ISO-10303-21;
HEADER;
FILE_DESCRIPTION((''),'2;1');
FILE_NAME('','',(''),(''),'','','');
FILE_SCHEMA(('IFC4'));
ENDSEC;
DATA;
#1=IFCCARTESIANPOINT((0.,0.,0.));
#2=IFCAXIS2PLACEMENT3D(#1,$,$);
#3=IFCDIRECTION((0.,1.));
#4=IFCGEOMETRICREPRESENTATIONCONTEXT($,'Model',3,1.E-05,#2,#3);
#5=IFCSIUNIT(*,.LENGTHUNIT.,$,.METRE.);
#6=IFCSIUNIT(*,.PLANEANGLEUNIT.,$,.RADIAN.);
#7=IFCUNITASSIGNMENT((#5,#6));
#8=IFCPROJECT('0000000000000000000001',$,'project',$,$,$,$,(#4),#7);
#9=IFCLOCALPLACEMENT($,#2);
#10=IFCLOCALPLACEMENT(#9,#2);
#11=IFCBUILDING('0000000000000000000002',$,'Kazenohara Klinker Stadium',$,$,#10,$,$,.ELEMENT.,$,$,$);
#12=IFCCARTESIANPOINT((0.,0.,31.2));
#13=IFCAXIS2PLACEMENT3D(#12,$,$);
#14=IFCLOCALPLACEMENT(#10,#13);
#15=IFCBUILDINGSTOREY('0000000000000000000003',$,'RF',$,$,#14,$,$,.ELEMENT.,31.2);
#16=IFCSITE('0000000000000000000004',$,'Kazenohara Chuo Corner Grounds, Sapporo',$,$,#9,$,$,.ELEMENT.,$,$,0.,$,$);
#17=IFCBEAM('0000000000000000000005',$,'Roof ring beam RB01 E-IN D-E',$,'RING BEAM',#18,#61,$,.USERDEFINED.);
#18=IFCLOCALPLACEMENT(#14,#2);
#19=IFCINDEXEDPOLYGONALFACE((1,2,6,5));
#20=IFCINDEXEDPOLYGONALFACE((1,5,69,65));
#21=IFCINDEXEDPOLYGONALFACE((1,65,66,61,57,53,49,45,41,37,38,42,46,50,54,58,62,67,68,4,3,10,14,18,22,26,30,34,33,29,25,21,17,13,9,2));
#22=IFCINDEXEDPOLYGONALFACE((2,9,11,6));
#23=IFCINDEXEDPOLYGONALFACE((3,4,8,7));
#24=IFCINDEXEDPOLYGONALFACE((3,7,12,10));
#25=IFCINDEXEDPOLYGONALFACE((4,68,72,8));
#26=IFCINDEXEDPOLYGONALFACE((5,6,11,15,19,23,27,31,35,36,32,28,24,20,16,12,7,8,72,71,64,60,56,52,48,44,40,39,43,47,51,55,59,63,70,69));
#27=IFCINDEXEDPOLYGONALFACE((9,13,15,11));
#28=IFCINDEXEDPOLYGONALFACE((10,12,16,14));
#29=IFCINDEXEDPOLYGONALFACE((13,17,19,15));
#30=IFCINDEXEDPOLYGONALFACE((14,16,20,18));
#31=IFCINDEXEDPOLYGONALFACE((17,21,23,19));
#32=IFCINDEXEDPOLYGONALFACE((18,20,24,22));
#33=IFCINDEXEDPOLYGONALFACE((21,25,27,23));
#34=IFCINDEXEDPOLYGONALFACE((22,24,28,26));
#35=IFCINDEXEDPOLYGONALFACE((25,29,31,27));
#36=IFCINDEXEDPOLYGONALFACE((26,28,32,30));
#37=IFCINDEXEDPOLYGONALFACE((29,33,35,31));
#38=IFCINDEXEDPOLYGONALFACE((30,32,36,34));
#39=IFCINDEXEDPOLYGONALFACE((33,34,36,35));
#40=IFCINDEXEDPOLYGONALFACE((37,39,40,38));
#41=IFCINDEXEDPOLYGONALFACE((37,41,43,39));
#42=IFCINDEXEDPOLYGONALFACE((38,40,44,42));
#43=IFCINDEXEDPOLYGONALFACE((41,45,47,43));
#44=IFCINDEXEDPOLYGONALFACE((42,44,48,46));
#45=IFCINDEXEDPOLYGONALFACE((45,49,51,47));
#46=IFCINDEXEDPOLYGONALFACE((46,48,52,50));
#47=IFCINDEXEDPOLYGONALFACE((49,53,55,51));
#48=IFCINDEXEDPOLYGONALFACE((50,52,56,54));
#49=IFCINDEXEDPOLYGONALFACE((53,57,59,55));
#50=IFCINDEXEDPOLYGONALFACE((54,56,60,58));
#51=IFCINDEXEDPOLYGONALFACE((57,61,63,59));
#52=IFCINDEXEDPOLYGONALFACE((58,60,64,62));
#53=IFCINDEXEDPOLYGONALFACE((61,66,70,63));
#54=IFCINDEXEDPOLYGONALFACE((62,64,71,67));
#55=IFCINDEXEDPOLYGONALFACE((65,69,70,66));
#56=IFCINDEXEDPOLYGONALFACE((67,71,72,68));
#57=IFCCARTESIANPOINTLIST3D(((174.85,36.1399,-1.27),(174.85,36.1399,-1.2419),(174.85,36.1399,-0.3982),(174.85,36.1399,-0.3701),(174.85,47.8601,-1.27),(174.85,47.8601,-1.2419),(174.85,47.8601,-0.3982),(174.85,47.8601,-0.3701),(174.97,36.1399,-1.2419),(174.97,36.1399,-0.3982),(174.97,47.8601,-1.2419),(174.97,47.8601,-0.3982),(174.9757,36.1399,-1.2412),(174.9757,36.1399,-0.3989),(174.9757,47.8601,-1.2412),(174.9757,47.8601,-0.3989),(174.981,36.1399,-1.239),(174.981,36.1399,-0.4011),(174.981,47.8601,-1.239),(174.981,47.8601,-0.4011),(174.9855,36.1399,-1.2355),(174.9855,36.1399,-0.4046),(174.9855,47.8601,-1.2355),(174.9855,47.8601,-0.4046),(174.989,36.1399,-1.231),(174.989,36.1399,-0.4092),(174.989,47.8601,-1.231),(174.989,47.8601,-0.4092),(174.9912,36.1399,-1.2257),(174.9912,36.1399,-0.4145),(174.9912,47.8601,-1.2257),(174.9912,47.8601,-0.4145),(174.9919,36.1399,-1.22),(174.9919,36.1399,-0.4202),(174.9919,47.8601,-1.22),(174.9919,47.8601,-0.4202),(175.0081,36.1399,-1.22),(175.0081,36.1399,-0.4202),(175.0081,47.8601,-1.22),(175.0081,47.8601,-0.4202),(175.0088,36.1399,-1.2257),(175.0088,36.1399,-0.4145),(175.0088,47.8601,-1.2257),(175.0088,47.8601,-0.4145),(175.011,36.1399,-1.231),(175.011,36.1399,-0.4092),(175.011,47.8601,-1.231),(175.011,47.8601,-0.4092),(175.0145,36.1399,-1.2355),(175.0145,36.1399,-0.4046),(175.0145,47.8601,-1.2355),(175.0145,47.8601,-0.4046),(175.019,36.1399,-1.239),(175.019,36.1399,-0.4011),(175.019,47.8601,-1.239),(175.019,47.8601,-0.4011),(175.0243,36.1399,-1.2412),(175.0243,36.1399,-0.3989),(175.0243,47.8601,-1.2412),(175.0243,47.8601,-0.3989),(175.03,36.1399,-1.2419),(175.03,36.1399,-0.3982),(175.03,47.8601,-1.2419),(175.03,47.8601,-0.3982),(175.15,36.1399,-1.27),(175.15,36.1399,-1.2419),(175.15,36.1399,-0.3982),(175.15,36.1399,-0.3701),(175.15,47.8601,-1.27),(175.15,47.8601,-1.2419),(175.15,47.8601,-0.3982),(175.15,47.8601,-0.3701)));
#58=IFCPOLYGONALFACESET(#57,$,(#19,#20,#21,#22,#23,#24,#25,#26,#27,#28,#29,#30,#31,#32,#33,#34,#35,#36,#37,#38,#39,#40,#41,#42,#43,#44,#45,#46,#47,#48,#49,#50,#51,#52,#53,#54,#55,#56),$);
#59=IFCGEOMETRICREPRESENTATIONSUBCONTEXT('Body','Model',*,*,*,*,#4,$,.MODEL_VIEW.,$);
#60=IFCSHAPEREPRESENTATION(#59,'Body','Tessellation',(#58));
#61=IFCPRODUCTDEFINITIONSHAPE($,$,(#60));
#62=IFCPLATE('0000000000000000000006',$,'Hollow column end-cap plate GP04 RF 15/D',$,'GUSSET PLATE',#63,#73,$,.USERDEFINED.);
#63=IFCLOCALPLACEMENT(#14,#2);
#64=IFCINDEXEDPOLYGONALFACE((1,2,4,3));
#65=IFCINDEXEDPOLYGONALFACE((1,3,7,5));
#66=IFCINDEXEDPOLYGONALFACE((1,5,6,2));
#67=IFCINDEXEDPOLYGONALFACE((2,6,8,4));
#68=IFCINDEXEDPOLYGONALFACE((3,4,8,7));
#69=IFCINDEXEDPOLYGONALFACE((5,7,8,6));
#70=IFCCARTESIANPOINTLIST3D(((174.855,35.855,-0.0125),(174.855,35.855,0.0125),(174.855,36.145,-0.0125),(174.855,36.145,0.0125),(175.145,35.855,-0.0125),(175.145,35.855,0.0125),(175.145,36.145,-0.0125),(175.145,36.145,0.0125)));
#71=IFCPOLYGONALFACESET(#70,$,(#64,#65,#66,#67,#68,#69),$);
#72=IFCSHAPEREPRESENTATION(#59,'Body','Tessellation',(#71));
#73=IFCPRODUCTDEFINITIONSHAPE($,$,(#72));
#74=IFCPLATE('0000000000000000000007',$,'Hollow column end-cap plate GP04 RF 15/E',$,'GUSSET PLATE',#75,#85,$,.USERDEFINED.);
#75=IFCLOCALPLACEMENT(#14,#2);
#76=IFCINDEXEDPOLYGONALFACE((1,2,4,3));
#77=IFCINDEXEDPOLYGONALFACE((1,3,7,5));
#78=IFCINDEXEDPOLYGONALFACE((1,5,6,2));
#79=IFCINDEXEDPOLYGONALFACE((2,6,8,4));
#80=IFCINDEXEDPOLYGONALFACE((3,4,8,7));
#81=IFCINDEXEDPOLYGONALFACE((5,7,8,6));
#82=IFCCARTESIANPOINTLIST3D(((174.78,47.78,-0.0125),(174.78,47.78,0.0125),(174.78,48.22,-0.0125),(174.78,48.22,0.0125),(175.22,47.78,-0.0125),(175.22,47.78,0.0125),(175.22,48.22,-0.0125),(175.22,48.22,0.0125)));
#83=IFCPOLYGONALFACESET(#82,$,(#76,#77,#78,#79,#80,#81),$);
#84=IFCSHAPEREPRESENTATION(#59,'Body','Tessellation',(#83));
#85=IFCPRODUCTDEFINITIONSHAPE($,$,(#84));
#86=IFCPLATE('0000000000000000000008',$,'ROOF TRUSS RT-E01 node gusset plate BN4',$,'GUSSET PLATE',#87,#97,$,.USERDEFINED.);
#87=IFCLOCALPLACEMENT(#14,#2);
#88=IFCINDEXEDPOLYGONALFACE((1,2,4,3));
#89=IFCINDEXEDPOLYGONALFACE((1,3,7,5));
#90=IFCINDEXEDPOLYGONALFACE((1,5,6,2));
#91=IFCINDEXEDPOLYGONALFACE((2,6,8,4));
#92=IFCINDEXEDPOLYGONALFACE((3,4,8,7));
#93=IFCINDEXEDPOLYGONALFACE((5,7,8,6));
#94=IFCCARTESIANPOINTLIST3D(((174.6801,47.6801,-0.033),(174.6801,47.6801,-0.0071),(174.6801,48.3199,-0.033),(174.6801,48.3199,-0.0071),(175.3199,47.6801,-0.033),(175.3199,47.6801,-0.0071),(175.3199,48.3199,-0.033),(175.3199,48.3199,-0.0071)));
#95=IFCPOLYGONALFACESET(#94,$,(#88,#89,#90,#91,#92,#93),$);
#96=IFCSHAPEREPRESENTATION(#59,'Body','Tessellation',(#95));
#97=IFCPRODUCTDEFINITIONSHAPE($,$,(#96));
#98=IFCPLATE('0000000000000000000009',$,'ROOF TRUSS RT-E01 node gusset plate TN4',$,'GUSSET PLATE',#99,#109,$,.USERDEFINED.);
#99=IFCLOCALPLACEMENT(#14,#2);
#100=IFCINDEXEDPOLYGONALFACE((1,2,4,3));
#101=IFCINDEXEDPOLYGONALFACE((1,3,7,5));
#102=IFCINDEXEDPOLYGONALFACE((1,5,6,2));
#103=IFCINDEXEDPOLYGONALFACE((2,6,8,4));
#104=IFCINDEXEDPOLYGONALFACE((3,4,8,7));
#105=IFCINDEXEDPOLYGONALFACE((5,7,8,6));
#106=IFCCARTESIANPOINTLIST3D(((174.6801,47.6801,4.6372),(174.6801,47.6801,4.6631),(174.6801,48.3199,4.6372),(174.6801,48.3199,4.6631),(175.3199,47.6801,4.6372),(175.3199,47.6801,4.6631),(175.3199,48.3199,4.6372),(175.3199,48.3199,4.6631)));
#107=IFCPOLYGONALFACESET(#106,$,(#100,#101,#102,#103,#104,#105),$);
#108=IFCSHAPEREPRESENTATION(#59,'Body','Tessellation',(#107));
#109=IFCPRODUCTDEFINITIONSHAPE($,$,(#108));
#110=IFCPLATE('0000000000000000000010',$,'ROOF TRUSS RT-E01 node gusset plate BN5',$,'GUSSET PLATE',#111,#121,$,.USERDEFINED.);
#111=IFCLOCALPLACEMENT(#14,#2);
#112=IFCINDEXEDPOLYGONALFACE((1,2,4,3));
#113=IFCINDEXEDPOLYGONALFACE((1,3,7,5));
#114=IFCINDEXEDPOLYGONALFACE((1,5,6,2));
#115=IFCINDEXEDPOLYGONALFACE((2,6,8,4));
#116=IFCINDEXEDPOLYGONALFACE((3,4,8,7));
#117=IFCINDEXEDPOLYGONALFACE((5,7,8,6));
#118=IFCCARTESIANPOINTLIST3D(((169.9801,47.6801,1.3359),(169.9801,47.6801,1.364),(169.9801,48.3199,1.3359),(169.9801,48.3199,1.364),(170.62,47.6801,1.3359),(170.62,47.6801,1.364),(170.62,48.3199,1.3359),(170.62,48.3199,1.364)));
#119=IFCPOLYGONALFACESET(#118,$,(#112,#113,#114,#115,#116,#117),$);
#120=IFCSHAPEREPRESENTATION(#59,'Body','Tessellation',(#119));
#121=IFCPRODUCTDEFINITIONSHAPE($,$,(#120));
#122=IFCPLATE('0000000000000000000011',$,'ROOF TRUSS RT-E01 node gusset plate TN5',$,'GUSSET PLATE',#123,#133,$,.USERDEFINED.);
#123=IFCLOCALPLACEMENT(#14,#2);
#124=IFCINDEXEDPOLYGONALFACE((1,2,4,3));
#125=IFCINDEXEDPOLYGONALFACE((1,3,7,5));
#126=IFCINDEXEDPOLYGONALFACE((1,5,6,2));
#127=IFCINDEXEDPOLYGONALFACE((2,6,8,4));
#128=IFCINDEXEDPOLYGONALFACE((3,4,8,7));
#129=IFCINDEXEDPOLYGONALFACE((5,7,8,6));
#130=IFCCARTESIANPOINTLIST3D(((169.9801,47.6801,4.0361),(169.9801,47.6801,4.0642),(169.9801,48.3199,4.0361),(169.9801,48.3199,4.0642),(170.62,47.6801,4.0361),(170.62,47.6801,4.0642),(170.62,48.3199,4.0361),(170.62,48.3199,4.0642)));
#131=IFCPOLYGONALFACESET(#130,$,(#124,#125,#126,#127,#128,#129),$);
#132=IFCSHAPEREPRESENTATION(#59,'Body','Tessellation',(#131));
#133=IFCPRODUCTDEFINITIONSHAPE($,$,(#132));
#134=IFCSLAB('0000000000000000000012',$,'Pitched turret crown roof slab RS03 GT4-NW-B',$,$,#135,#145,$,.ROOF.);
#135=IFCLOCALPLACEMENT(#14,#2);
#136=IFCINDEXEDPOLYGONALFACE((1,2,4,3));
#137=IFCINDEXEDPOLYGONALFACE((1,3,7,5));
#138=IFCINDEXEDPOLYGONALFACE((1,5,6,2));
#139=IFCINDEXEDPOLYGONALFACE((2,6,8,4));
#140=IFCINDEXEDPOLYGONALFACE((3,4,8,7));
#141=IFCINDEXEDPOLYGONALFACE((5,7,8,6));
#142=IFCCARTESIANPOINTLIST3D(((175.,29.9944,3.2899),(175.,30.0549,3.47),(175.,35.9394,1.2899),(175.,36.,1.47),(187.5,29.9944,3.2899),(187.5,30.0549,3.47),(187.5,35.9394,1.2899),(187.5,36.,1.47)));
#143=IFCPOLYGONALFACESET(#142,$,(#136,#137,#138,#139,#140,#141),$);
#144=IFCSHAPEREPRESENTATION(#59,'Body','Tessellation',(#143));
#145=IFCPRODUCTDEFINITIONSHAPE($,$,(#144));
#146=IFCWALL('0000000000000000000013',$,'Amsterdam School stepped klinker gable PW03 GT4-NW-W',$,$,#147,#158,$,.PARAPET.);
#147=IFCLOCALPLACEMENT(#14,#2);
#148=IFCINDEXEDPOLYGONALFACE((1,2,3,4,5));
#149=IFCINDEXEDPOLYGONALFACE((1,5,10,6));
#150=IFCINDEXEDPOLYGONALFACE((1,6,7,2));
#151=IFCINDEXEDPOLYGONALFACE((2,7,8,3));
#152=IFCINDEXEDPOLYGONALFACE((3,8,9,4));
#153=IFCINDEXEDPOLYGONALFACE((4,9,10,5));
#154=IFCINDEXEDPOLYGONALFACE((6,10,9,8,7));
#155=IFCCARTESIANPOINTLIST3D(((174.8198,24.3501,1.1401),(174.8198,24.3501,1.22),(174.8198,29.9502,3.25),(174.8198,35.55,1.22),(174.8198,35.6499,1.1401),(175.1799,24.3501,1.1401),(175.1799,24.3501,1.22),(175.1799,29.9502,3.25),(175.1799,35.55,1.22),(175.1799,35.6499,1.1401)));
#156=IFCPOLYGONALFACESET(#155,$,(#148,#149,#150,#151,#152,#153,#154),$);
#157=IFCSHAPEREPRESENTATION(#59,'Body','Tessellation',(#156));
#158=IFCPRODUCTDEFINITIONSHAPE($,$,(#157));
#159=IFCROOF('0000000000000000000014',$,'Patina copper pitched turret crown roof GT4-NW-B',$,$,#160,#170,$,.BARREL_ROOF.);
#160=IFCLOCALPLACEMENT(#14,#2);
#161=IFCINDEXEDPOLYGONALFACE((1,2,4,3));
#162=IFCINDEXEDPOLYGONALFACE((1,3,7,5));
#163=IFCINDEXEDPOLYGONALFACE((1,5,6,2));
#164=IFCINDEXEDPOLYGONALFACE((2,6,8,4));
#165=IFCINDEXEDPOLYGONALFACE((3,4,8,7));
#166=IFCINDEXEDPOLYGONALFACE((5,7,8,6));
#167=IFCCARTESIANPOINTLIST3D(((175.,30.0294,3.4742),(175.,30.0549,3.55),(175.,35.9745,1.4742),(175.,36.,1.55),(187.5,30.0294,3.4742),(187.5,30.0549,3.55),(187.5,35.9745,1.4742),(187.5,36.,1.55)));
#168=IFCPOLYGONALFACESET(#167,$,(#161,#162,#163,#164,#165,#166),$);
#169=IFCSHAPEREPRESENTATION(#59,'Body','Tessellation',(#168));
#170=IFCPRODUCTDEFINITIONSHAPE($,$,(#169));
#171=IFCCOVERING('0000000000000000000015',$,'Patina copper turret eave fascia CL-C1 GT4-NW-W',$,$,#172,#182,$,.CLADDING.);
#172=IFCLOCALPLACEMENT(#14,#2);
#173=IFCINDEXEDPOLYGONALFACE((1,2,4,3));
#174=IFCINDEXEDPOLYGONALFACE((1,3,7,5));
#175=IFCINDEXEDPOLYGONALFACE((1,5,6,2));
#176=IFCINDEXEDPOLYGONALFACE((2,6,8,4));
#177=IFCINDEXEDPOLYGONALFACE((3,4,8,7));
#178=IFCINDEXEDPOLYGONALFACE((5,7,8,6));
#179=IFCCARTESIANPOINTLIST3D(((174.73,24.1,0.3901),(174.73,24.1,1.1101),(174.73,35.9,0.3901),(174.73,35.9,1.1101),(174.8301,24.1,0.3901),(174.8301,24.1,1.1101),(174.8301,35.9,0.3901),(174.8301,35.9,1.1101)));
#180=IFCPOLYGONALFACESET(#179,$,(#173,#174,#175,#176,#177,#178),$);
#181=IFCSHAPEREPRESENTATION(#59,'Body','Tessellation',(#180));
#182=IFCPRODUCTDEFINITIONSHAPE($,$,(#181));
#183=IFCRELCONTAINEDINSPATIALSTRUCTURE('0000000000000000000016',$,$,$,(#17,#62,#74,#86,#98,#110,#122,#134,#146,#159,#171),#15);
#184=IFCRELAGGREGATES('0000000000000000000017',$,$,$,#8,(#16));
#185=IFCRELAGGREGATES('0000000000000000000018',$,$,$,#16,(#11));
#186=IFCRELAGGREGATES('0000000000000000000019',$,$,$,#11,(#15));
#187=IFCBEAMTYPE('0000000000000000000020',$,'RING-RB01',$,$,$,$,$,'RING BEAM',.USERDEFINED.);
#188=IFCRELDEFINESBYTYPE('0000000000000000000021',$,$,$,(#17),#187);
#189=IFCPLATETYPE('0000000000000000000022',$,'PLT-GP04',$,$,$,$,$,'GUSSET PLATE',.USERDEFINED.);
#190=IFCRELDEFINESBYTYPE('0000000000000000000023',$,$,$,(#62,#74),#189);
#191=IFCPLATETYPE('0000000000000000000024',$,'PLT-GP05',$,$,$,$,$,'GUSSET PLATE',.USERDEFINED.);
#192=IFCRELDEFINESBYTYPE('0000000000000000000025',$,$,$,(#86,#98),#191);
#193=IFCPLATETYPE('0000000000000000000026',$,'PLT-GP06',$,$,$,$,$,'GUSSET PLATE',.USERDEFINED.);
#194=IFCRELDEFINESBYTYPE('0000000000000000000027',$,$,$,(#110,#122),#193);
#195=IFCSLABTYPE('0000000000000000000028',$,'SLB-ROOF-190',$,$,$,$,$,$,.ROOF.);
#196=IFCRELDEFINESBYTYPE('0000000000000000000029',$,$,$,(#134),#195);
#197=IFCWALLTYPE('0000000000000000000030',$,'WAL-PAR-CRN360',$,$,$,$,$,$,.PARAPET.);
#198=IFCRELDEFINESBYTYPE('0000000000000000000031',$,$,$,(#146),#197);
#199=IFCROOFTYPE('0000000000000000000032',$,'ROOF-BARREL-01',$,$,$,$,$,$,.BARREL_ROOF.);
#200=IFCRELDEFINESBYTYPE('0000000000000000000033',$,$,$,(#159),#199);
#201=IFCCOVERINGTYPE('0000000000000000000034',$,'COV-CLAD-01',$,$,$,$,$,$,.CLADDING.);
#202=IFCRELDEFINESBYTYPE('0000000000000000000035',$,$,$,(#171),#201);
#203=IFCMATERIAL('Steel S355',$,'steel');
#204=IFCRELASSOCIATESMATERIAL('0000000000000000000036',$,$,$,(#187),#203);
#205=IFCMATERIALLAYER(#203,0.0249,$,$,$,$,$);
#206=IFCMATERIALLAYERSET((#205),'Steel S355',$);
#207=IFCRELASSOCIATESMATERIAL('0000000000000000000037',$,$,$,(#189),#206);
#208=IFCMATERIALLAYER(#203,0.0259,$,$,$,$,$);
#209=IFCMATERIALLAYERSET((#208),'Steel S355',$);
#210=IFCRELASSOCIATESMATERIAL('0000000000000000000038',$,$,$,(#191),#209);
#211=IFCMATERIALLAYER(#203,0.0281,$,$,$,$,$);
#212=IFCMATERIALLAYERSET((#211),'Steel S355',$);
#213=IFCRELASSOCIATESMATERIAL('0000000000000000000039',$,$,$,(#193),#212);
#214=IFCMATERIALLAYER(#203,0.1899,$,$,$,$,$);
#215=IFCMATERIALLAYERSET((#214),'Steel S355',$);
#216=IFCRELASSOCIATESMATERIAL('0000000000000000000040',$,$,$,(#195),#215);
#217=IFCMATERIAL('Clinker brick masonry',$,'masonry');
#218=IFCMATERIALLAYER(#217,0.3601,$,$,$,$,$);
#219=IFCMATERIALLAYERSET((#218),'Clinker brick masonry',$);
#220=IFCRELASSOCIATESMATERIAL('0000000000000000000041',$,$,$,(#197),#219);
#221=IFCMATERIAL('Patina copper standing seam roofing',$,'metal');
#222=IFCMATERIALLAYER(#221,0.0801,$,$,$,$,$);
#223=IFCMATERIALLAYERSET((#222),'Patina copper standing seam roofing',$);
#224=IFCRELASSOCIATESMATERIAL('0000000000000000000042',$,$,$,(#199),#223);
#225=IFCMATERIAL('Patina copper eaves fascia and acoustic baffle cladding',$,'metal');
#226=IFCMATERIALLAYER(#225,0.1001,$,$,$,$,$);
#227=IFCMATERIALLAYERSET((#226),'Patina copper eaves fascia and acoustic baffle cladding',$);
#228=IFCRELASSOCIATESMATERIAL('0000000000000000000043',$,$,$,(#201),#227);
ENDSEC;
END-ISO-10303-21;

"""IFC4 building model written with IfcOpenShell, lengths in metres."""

from ifc_helpers import new_model, si_unit, direction, frame, origin, origin_2d, place, context, subcontext, project, spatial, polyline, rectangle, i_section, outline, extrude, material, layer, layer_set, material_profile, profile_set, type_object, element, save


model = new_model("IFC4")

# Units and contexts
model_context = context("Model", 3, precision=1e-05, world=origin(), true_north=direction((0.0, 1.0)))
body_context = subcontext(model_context, "Body", "Model", "MODEL_VIEW")
ifc_project = project(units=[si_unit("LENGTHUNIT", "METRE"), si_unit("PLANEANGLEUNIT", "RADIAN")], contexts=[model_context])

# Site, building, storey
site_placement = place(None, origin())
site = spatial("IfcSite", under=ifc_project, at=site_placement, Name="Kazenohara Chuo Corner Grounds, Sapporo", CompositionType="ELEMENT", RefElevation=0.0)
building_placement = place(site_placement, origin())
building = spatial("IfcBuilding", under=site, at=building_placement, Name="Kazenohara Klinker Stadium", CompositionType="ELEMENT")
storey_placement = place(building_placement, frame((0.0, 0.0, 31.2)))
storey = spatial("IfcBuildingStorey", under=building, at=storey_placement, Name="RF", CompositionType="ELEMENT", Elevation=31.2)

# Shared definitions
ifc_material_1 = material(Name="Steel S355", Category="steel")

# Beam
ifc_material_profile_1 = material_profile(ifc_material_1, i_section(OverallWidth=0.3, OverallDepth=0.8999, WebThickness=0.0161, FlangeThickness=0.0281, FilletRadius=0.022, at=origin_2d()), Name="H-900x300x16x28")
ifc_profile_set_1 = profile_set([ifc_material_profile_1], Name="Steel S355")
beam_type_1 = type_object("IfcBeamType", Name="RING-RB01", ElementType="RING BEAM", PredefinedType="USERDEFINED", material=ifc_profile_set_1)
beam_1_placement = place(storey_placement, frame((175.0, 36.1399, -0.8201), z_axis=(0.0, 1.0, 0.0), x_axis=(-1.0, 0.0, 0.0)))
element("IfcBeam", 1, at=beam_1_placement, inside=storey, type_object=beam_type_1, Name="Roof ring beam RB01 E-IN D-E", ObjectType="RING BEAM", PredefinedType="USERDEFINED", context=body_context, shape_type="SweptSolid", body=[
    extrude(i_section(OverallWidth=0.3, OverallDepth=0.8999, WebThickness=0.0161, FlangeThickness=0.0281, FilletRadius=0.022, at=origin_2d()), origin(), (0.0, 0.0, 1.0), 11.7202),
])

# Plates
ifc_layer_1 = layer(ifc_material_1, 0.0249)
ifc_layer_set_1 = layer_set([ifc_layer_1], Name="Steel S355")
plate_type_1 = type_object("IfcPlateType", Name="PLT-GP04", ElementType="GUSSET PLATE", PredefinedType="USERDEFINED", material=ifc_layer_set_1)
plate_1_placement = place(storey_placement, frame((175.0, 36.0, -0.0125), z_axis=(0.0, 0.0, 1.0), x_axis=(1.0, 0.0, 0.0)))
element("IfcPlate", 2, at=plate_1_placement, inside=storey, type_object=plate_type_1, Name="Hollow column end-cap plate GP04 RF 15/D", ObjectType="GUSSET PLATE", PredefinedType="USERDEFINED", context=body_context, shape_type="SweptSolid", body=[
    extrude(rectangle(XDim=0.29, YDim=0.29, at=origin_2d()), origin(), (0.0, 0.0, 1.0), 0.0249),
])
plate_2_placement = place(storey_placement, frame((175.0, 48.0, -0.0125), z_axis=(0.0, 0.0, 1.0), x_axis=(1.0, 0.0, 0.0)))
element("IfcPlate", 3, at=plate_2_placement, inside=storey, type_object=plate_type_1, Name="Hollow column end-cap plate GP04 RF 15/E", ObjectType="GUSSET PLATE", PredefinedType="USERDEFINED", context=body_context, shape_type="SweptSolid", body=[
    extrude(rectangle(XDim=0.4399, YDim=0.4399, at=origin_2d()), origin(), (0.0, 0.0, 1.0), 0.0249),
])
ifc_layer_2 = layer(ifc_material_1, 0.0259)
ifc_layer_set_2 = layer_set([ifc_layer_2], Name="Steel S355")
plate_type_2 = type_object("IfcPlateType", Name="PLT-GP05", ElementType="GUSSET PLATE", PredefinedType="USERDEFINED", material=ifc_layer_set_2)
for number, where, z_axis, x_axis, name in (
    (4, (175.0, 48.0, -0.033), (0.0, 0.0, 1.0), (1.0, 0.0, 0.0), "ROOF TRUSS RT-E01 node gusset plate BN4"),
    (5, (175.0, 48.0, 4.6372), (0.0, 0.0, 1.0), (1.0, 0.0, 0.0), "ROOF TRUSS RT-E01 node gusset plate TN4"),
):
    element("IfcPlate", number, at=place(storey_placement, frame(where, z_axis=z_axis, x_axis=x_axis)), inside=storey, type_object=plate_type_2, Name=name, ObjectType="GUSSET PLATE", PredefinedType="USERDEFINED", context=body_context, shape_type="SweptSolid", body=[
        extrude(rectangle(XDim=0.6399, YDim=0.6399, at=origin_2d()), origin(), (0.0, 0.0, 1.0), 0.0259),
    ])
ifc_layer_3 = layer(ifc_material_1, 0.0281)
ifc_layer_set_3 = layer_set([ifc_layer_3], Name="Steel S355")
plate_type_3 = type_object("IfcPlateType", Name="PLT-GP06", ElementType="GUSSET PLATE", PredefinedType="USERDEFINED", material=ifc_layer_set_3)
for number, where, z_axis, x_axis, name in (
    (6, (170.3, 48.0, 1.3359), (0.0, 0.0, 1.0), (1.0, 0.0, 0.0), "ROOF TRUSS RT-E01 node gusset plate BN5"),
    (7, (170.3, 48.0, 4.0361), (0.0, 0.0, 1.0), (1.0, 0.0, 0.0), "ROOF TRUSS RT-E01 node gusset plate TN5"),
):
    element("IfcPlate", number, at=place(storey_placement, frame(where, z_axis=z_axis, x_axis=x_axis)), inside=storey, type_object=plate_type_3, Name=name, ObjectType="GUSSET PLATE", PredefinedType="USERDEFINED", context=body_context, shape_type="SweptSolid", body=[
        extrude(rectangle(XDim=0.6399, YDim=0.6399, at=origin_2d()), origin(), (0.0, 0.0, 1.0), 0.0281),
    ])

# Slab
ifc_layer_4 = layer(ifc_material_1, 0.1899)
ifc_layer_set_4 = layer_set([ifc_layer_4], Name="Steel S355")
slab_type = type_object("IfcSlabType", Name="SLB-ROOF-190", PredefinedType="ROOF", material=ifc_layer_set_4)
slab_placement = place(storey_placement, frame((175.0, 30.0549, 3.47), z_axis=(0.0, 0.318854, 0.947804), x_axis=(1.0, 0.0, 0.0)))
element("IfcSlab", 8, at=slab_placement, inside=storey, type_object=slab_type, Name="Pitched turret crown roof slab RS03 GT4-NW-B", PredefinedType="ROOF", context=body_context, shape_type="SweptSolid", body=[
    extrude(outline(polyline([(0.0, 0.0), (12.5, 0.0), (12.5, 6.2725), (0.0, 6.2725), (0.0, 0.0)])), origin(), (0.0, 0.0, -1.0), 0.1899),
])

# Wall
ifc_material_2 = material(Name="Clinker brick masonry", Category="masonry")
ifc_layer_5 = layer(ifc_material_2, 0.3601)
ifc_layer_set_5 = layer_set([ifc_layer_5], Name="Clinker brick masonry")
wall_type = type_object("IfcWallType", Name="WAL-PAR-CRN360", PredefinedType="PARAPET", material=ifc_layer_set_5)
wall_placement = place(storey_placement, frame((175.0, 24.3501, 1.1401), z_axis=(0.0, 0.0, 1.0), x_axis=(0.0, 1.0, 0.0)))
element("IfcWall", 9, at=wall_placement, inside=storey, type_object=wall_type, Name="Amsterdam School stepped klinker gable PW03 GT4-NW-W", PredefinedType="PARAPET", context=body_context, shape_type="SweptSolid", body=[
    extrude(outline(polyline([(0.0, 0.0), (11.2998, 0.0), (11.2, 0.0798), (5.6001, 2.1099), (0.0, 0.0798), (0.0, 0.0)])), frame((0.0, 0.1802, 0.0), z_axis=(0.0, -1.0, 0.0), x_axis=(1.0, 0.0, 0.0)), (0.0, 0.0, 1.0), 0.3601),
])

# Roof
ifc_material_3 = material(Name="Patina copper standing seam roofing", Category="metal")
ifc_layer_6 = layer(ifc_material_3, 0.0801)
ifc_layer_set_6 = layer_set([ifc_layer_6], Name="Patina copper standing seam roofing")
roof_type = type_object("IfcRoofType", Name="ROOF-BARREL-01", PredefinedType="BARREL_ROOF", material=ifc_layer_set_6)
roof_placement = place(storey_placement, frame((175.0, 30.0549, 3.55), z_axis=(0.0, 0.318854, 0.947804), x_axis=(1.0, 0.0, 0.0)))
element("IfcRoof", 10, at=roof_placement, inside=storey, type_object=roof_type, Name="Patina copper pitched turret crown roof GT4-NW-B", PredefinedType="BARREL_ROOF", context=body_context, shape_type="SweptSolid", body=[
    extrude(outline(polyline([(0.0, 0.0), (12.5, 0.0), (12.5, 6.2725), (0.0, 6.2725), (0.0, 0.0)])), origin(), (0.0, 0.0, -1.0), 0.0801),
])

# Covering
ifc_material_4 = material(Name="Patina copper eaves fascia and acoustic baffle cladding", Category="metal")
ifc_layer_7 = layer(ifc_material_4, 0.1001)
ifc_layer_set_7 = layer_set([ifc_layer_7], Name="Patina copper eaves fascia and acoustic baffle cladding")
covering_type = type_object("IfcCoveringType", Name="COV-CLAD-01", PredefinedType="CLADDING", material=ifc_layer_set_7)
covering_placement = place(storey_placement, frame((174.78, 30.0, 0.3901), z_axis=(0.0, 0.0, 1.0), x_axis=(1.0, 0.0, 0.0)))
element("IfcCovering", 11, at=covering_placement, inside=storey, type_object=covering_type, Name="Patina copper turret eave fascia CL-C1 GT4-NW-W", PredefinedType="CLADDING", context=body_context, shape_type="SweptSolid", body=[
    extrude(rectangle(XDim=0.1001, YDim=11.8, at=origin_2d()), origin(), (0.0, 0.0, 1.0), 0.72),
])

save(model, "model.ifc")
